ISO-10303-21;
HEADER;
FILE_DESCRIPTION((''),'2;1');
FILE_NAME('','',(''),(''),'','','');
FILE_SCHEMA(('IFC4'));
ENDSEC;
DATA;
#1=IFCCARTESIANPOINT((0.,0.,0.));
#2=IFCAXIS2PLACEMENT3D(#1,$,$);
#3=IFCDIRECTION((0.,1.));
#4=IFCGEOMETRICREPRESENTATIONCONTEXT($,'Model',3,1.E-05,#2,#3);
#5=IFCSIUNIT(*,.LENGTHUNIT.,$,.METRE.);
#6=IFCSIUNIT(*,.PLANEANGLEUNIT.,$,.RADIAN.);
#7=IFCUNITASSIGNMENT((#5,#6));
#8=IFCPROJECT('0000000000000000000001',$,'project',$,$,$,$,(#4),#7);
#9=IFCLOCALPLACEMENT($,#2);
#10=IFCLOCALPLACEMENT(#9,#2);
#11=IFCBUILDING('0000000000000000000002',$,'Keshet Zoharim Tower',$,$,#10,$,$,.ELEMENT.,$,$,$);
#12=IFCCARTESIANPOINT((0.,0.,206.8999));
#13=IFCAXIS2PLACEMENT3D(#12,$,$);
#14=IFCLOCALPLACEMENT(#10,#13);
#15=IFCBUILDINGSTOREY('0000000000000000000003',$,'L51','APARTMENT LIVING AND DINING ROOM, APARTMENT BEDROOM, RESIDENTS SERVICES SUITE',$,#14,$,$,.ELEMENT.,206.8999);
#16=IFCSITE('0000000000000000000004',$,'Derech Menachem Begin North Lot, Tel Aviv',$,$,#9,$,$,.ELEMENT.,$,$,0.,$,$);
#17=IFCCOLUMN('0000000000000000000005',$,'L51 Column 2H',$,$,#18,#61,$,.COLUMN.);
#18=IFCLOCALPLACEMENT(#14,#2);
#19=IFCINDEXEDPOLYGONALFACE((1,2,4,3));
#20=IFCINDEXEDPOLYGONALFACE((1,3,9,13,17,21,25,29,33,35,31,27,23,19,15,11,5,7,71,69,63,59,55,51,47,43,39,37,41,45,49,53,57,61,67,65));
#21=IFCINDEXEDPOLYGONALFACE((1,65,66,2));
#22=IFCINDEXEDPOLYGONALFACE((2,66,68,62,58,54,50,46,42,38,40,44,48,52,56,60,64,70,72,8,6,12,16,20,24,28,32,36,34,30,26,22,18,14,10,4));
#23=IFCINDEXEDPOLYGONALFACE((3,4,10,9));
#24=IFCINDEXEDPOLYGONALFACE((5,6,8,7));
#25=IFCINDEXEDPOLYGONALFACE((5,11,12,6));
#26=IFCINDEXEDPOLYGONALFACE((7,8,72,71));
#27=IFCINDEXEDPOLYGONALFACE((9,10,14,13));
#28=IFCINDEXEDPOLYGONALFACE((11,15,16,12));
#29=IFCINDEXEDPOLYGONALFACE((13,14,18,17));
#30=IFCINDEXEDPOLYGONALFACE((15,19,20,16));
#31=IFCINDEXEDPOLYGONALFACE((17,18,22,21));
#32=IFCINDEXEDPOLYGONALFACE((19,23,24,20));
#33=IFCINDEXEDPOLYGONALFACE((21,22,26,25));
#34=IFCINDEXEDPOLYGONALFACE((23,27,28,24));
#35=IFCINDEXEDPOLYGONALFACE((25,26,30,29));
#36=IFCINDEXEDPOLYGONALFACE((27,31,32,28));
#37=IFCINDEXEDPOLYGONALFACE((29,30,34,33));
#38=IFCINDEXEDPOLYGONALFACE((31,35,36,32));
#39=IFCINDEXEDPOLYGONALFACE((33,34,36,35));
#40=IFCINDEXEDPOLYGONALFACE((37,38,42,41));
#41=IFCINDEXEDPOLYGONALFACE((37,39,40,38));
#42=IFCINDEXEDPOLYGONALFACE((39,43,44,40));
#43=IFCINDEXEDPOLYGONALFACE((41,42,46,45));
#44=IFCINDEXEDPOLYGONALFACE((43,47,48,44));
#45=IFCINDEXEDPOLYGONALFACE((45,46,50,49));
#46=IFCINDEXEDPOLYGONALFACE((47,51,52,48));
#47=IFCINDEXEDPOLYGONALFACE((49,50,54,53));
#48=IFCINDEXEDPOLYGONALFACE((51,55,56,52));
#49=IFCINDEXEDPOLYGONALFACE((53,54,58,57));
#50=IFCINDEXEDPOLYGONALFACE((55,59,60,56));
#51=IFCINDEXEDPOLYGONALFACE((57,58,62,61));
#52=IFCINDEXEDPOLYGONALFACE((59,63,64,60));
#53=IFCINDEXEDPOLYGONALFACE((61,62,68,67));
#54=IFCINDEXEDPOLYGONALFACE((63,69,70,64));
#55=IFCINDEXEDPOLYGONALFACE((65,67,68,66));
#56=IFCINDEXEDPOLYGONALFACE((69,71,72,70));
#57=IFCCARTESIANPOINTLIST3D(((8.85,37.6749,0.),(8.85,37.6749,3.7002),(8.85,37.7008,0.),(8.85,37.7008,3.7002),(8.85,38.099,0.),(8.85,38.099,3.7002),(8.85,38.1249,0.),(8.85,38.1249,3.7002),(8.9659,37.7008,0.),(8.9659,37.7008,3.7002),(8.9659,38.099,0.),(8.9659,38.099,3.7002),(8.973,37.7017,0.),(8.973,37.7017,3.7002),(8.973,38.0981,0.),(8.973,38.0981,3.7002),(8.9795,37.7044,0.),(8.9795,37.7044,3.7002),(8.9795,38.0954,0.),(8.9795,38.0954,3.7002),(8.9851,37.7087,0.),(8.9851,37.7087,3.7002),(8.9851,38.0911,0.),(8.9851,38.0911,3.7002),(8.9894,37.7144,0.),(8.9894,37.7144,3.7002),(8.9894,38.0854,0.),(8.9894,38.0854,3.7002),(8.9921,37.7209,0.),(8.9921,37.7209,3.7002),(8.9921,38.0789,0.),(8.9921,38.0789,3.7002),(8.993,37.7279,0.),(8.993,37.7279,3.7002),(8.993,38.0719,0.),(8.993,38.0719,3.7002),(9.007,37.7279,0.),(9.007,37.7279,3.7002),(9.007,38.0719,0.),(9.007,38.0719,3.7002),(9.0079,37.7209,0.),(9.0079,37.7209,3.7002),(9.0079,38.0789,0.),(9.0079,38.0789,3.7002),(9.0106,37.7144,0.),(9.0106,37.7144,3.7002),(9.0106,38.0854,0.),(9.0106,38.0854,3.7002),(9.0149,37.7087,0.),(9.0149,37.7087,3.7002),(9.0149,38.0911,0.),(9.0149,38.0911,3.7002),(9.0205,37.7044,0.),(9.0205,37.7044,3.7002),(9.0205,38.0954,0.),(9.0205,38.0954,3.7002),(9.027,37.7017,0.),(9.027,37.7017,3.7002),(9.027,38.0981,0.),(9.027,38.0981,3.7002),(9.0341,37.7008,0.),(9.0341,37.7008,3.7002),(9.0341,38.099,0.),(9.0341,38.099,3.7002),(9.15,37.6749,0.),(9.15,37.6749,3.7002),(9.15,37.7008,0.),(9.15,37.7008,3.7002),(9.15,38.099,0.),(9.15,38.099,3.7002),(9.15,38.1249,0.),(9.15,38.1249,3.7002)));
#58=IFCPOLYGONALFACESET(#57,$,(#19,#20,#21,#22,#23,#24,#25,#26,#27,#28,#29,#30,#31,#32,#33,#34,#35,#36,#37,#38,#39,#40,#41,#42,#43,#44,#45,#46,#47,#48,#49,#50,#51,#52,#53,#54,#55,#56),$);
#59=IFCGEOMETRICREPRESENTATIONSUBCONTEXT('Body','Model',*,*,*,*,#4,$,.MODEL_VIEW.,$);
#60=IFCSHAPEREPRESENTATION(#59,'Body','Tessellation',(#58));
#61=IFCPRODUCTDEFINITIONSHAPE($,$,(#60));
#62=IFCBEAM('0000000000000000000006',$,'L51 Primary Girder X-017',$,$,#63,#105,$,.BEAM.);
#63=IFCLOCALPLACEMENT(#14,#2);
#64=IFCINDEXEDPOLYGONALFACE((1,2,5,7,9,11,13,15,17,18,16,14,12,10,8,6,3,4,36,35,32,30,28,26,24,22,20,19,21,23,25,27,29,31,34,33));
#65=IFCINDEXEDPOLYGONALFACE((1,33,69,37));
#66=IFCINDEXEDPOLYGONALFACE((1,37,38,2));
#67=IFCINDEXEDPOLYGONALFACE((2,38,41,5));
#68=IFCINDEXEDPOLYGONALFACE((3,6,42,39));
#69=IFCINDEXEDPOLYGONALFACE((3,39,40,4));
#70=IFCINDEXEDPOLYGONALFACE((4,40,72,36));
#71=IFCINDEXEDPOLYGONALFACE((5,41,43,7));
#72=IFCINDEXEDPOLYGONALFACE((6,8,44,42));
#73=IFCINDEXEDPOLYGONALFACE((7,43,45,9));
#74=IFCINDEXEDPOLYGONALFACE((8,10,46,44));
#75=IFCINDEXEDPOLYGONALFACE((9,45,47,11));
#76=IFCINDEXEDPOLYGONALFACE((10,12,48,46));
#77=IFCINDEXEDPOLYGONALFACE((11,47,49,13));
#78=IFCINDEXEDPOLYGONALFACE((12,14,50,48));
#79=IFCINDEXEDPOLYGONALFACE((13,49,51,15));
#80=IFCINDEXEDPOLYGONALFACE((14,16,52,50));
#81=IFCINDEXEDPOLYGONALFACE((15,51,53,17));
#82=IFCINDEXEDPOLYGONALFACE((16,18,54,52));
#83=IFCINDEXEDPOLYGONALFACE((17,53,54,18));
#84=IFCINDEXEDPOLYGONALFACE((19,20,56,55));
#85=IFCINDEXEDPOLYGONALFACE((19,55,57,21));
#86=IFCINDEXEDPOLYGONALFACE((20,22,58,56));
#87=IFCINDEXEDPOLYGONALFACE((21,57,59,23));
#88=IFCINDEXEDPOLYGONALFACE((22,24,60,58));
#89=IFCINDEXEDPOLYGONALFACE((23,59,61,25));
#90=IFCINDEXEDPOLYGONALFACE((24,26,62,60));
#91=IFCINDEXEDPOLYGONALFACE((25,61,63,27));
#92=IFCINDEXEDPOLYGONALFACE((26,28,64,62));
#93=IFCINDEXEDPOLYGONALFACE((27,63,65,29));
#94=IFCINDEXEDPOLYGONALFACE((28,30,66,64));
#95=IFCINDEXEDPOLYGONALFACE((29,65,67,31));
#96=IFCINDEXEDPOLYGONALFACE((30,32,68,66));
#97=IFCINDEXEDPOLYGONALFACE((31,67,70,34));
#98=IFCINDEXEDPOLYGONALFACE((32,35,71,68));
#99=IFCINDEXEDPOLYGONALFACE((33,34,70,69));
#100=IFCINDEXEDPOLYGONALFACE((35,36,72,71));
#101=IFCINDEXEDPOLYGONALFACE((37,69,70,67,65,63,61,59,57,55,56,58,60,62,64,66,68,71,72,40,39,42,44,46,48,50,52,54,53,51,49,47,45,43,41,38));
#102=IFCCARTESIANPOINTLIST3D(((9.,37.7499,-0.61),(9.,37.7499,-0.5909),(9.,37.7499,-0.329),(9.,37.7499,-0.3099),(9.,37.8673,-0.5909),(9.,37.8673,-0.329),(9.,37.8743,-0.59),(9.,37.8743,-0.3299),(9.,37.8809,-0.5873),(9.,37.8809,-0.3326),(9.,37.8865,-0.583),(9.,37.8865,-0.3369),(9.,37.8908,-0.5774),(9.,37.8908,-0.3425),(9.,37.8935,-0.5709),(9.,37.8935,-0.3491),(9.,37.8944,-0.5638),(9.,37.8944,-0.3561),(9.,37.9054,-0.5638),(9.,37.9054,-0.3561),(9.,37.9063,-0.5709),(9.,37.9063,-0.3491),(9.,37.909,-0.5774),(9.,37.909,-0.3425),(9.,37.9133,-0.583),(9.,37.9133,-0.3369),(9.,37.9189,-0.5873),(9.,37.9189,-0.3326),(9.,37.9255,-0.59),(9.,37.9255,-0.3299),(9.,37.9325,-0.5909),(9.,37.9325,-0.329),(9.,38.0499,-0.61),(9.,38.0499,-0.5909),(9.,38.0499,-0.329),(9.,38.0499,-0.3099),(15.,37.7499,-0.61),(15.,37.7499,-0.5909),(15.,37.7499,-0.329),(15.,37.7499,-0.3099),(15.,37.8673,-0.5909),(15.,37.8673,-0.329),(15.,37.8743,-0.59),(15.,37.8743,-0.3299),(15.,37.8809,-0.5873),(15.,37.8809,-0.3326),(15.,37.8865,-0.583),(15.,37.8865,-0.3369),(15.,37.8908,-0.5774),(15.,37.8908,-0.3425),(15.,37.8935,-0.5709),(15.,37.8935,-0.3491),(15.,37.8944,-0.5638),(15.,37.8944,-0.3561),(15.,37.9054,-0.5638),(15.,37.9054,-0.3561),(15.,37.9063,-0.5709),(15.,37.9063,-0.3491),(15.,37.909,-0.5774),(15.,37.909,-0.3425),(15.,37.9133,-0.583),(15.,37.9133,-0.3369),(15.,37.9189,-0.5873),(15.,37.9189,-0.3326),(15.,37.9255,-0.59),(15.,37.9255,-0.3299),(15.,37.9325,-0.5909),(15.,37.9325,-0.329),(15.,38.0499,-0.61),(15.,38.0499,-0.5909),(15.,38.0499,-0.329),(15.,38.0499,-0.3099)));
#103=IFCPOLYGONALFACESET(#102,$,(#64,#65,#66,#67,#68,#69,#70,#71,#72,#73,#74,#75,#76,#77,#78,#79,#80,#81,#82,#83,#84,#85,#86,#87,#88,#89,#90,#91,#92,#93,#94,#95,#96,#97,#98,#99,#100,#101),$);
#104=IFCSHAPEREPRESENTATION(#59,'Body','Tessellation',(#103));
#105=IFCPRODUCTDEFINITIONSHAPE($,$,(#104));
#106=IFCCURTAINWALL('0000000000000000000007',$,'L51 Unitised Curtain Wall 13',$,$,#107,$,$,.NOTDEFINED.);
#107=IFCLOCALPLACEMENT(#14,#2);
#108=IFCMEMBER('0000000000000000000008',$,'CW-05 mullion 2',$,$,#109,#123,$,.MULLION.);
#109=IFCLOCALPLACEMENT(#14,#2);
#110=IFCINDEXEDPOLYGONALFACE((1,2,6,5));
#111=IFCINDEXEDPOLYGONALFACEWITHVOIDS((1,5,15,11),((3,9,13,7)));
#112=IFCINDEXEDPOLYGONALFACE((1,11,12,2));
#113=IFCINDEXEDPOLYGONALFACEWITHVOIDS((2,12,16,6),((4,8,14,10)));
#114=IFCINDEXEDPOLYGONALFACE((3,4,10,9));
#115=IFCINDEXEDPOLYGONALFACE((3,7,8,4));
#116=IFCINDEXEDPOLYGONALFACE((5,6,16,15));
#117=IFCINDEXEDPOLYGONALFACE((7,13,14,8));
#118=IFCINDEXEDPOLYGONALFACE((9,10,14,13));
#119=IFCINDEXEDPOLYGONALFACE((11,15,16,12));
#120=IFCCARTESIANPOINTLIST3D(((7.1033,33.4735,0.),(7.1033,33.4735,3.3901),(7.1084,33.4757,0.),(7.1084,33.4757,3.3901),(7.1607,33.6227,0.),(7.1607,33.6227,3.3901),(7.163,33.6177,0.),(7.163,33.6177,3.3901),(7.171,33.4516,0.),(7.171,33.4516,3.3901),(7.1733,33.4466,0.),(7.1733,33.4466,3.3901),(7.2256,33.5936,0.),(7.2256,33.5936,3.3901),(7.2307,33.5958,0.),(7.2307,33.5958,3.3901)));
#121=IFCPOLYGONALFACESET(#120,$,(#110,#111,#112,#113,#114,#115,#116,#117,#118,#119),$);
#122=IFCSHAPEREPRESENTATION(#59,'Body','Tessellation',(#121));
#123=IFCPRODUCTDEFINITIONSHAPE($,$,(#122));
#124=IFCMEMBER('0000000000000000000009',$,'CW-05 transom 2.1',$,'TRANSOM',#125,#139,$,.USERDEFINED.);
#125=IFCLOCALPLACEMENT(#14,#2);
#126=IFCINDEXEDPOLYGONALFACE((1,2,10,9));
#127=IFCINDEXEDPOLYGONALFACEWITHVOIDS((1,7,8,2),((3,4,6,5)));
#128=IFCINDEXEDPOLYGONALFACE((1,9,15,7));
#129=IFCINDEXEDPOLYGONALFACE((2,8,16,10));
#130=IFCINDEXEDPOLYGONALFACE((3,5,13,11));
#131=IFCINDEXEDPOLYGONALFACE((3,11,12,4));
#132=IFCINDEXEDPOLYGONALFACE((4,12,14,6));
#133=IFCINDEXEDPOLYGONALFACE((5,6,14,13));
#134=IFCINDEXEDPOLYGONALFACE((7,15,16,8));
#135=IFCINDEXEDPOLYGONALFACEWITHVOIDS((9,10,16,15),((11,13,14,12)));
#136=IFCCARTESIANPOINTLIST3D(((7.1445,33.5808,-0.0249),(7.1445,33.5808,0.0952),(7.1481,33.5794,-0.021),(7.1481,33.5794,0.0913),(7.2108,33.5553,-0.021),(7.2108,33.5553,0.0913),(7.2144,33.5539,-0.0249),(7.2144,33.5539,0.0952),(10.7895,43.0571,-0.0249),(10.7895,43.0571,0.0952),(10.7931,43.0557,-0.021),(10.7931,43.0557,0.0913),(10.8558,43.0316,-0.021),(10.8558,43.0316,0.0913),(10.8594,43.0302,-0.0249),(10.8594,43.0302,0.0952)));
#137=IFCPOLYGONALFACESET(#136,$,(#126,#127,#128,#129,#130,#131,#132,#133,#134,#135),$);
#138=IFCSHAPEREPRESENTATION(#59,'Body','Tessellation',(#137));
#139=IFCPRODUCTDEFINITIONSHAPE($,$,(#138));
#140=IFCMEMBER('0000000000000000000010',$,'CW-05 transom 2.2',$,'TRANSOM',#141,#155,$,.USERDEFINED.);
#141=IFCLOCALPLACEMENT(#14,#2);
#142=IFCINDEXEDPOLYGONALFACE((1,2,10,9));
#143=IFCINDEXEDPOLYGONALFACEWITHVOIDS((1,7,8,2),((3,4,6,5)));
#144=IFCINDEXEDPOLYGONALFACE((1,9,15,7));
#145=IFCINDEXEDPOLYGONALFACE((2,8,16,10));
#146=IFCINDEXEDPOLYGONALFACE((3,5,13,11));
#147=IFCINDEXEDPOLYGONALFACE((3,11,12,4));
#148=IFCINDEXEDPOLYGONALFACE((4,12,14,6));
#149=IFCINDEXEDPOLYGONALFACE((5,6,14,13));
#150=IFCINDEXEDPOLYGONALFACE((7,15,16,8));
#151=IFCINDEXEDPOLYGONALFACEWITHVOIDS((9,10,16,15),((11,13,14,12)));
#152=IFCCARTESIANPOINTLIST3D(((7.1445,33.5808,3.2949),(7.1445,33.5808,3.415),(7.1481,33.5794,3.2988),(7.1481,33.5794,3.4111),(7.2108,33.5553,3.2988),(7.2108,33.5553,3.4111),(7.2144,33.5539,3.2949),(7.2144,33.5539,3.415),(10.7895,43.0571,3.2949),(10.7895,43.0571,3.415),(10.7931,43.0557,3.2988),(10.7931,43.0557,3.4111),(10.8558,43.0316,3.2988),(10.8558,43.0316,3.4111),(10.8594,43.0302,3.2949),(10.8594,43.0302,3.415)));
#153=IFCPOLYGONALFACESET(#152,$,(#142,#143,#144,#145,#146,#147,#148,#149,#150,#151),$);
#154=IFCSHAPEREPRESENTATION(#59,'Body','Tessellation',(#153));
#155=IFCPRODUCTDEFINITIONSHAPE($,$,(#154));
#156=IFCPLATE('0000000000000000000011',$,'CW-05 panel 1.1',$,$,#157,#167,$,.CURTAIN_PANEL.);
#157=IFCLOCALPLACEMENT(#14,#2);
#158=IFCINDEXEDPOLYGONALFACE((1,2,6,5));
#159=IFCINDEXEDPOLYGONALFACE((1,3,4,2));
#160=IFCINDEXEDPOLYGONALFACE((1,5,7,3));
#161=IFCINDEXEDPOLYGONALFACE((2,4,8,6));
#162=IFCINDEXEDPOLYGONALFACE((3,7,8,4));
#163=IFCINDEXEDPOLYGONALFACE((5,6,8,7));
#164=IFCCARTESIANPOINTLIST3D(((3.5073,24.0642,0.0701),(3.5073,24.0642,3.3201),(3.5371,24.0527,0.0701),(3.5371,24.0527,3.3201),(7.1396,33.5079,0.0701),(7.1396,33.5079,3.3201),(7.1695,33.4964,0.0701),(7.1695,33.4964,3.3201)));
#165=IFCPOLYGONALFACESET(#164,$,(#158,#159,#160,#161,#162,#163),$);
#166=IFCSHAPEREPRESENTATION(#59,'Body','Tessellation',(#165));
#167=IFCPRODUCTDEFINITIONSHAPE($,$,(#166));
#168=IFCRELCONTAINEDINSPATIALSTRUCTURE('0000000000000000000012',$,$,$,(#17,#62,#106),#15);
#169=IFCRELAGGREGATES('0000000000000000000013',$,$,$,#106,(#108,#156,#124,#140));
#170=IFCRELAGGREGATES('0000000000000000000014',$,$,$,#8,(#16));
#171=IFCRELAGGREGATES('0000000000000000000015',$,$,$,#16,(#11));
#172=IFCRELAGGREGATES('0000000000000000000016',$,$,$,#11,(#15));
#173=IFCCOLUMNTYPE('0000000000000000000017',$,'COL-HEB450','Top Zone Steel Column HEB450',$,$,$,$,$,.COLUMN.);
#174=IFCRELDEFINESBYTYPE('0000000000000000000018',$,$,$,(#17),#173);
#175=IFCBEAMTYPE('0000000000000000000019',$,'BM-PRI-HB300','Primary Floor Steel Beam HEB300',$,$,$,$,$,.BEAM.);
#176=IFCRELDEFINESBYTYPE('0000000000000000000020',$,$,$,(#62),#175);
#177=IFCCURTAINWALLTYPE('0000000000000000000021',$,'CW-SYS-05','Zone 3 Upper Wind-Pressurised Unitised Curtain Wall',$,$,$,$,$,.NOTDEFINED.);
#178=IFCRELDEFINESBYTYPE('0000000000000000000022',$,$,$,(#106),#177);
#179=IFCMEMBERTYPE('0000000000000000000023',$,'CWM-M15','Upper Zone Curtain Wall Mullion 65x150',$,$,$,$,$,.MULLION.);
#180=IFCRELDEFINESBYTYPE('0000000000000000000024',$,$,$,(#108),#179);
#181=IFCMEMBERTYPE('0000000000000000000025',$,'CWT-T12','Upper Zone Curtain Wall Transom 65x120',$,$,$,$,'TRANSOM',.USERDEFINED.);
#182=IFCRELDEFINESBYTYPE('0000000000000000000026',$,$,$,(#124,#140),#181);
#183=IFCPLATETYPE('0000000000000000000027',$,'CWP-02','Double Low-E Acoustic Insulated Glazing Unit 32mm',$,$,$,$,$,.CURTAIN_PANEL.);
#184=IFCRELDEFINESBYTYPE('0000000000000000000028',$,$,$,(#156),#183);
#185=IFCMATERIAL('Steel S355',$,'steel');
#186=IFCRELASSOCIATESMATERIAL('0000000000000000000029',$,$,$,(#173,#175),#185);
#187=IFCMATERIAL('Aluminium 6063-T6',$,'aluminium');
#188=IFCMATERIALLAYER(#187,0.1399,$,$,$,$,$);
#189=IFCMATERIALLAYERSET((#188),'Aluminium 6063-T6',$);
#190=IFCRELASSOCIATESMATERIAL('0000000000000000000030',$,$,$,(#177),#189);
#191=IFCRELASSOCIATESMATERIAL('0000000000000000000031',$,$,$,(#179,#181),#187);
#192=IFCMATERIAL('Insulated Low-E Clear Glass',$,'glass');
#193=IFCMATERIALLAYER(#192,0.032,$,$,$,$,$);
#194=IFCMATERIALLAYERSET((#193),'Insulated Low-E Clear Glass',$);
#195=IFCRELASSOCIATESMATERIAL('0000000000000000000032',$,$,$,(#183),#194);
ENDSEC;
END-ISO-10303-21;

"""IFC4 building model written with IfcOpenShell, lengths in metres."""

from ifc_helpers import new_model, si_unit, direction, frame, origin, origin_2d, place, context, subcontext, project, spatial, rectangle, hollow_rectangle, i_section, extrude, material, layer, layer_set, material_profile, profile_set, type_object, element, aggregate, save


model = new_model("IFC4")

# Units and contexts
model_context = context("Model", 3, precision=1e-05, world=origin(), true_north=direction((0.0, 1.0)))
body_context = subcontext(model_context, "Body", "Model", "MODEL_VIEW")
ifc_project = project(units=[si_unit("LENGTHUNIT", "METRE"), si_unit("PLANEANGLEUNIT", "RADIAN")], contexts=[model_context])

# Site, building, storey
site_placement = place(None, origin())
site = spatial("IfcSite", under=ifc_project, at=site_placement, Name="Derech Menachem Begin North Lot, Tel Aviv", CompositionType="ELEMENT", RefElevation=0.0)
building_placement = place(site_placement, origin())
building = spatial("IfcBuilding", under=site, at=building_placement, Name="Keshet Zoharim Tower", CompositionType="ELEMENT")
storey_placement = place(building_placement, frame((0.0, 0.0, 206.8999)))
storey = spatial("IfcBuildingStorey", under=building, at=storey_placement, Name="L51", Description="APARTMENT LIVING AND DINING ROOM, APARTMENT BEDROOM, RESIDENTS SERVICES SUITE", CompositionType="ELEMENT", Elevation=206.8999)

# Column
ifc_material_1 = material(Name="Steel S355", Category="steel")
ifc_material_profile_1 = material_profile(ifc_material_1, i_section(OverallWidth=0.3, OverallDepth=0.45, WebThickness=0.0139, FlangeThickness=0.0259, FilletRadius=0.0271, at=origin_2d()), Name="HEB450")
ifc_profile_set_1 = profile_set([ifc_material_profile_1], Name="Steel S355")
column_type = type_object("IfcColumnType", Name="COL-HEB450", Description="Top Zone Steel Column HEB450", PredefinedType="COLUMN", material=ifc_profile_set_1)
column_placement = place(storey_placement, frame((9.0, 37.8999, 0.0), z_axis=(0.0, 0.0, 1.0), x_axis=(1.0, 0.0, 0.0)))
element("IfcColumn", 1, at=column_placement, inside=storey, type_object=column_type, Name="L51 Column 2H", PredefinedType="COLUMN", context=body_context, shape_type="SweptSolid", body=[
    extrude(i_section(OverallWidth=0.3, OverallDepth=0.45, WebThickness=0.0139, FlangeThickness=0.0259, FilletRadius=0.0271, at=origin_2d()), origin(), (0.0, 0.0, 1.0), 3.7002),
])

# Beam
ifc_material_profile_2 = material_profile(ifc_material_1, i_section(OverallWidth=0.3, OverallDepth=0.3, WebThickness=0.011, FlangeThickness=0.019, FilletRadius=0.0271, at=origin_2d()), Name="HEB300")
ifc_profile_set_2 = profile_set([ifc_material_profile_2], Name="Steel S355")
beam_type = type_object("IfcBeamType", Name="BM-PRI-HB300", Description="Primary Floor Steel Beam HEB300", PredefinedType="BEAM", material=ifc_profile_set_2)
beam_placement = place(storey_placement, frame((9.0, 37.8999, -0.46), z_axis=(1.0, 0.0, 0.0), x_axis=(0.0, 1.0, 0.0)))
element("IfcBeam", 2, at=beam_placement, inside=storey, type_object=beam_type, Name="L51 Primary Girder X-017", PredefinedType="BEAM", context=body_context, shape_type="SweptSolid", body=[
    extrude(i_section(OverallWidth=0.3, OverallDepth=0.3, WebThickness=0.011, FlangeThickness=0.019, FilletRadius=0.0271, at=origin_2d()), origin(), (0.0, 0.0, 1.0), 6.0),
])

# Curtain wall, members, plate
ifc_material_2 = material(Name="Aluminium 6063-T6", Category="aluminium")
ifc_layer_1 = layer(ifc_material_2, 0.1399)
ifc_layer_set_1 = layer_set([ifc_layer_1], Name="Aluminium 6063-T6")
curtain_wall_type = type_object("IfcCurtainWallType", Name="CW-SYS-05", Description="Zone 3 Upper Wind-Pressurised Unitised Curtain Wall", PredefinedType="NOTDEFINED", material=ifc_layer_set_1)
curtain_wall_placement = place(storey_placement, origin())
curtain_wall = element("IfcCurtainWall", 3, at=curtain_wall_placement, inside=storey, type_object=curtain_wall_type, Name="L51 Unitised Curtain Wall 13", PredefinedType="NOTDEFINED")
ifc_material_profile_3 = material_profile(ifc_material_2, hollow_rectangle(XDim=0.075, YDim=0.1599, WallThickness=0.0039, at=origin_2d()), Name="MUL-75x160")
ifc_profile_set_3 = profile_set([ifc_material_profile_3], Name="Aluminium 6063-T6")
member_type_1 = type_object("IfcMemberType", Name="CWM-M15", Description="Upper Zone Curtain Wall Mullion 65x150", PredefinedType="MULLION", material=ifc_profile_set_3)
member_1_placement = place(storey_placement, frame((7.167, 33.5347, 0.0), z_axis=(0.0, 0.0, 1.0), x_axis=(-0.933341, 0.35899, 0.0)))
member_1 = element("IfcMember", 4, at=member_1_placement, type_object=member_type_1, Name="CW-05 mullion 2", PredefinedType="MULLION", context=body_context, shape_type="SweptSolid", body=[
    extrude(hollow_rectangle(XDim=0.075, YDim=0.1599, WallThickness=0.0039, at=origin_2d()), origin(), (0.0, 0.0, 1.0), 3.3901),
])
ifc_material_profile_4 = material_profile(ifc_material_2, hollow_rectangle(XDim=0.075, YDim=0.1201, WallThickness=0.0039, at=origin_2d()), Name="TRN-75x120")
ifc_profile_set_4 = profile_set([ifc_material_profile_4], Name="Aluminium 6063-T6")
member_type_2 = type_object("IfcMemberType", Name="CWT-T12", Description="Upper Zone Curtain Wall Transom 65x120", ElementType="TRANSOM", PredefinedType="USERDEFINED", material=ifc_profile_set_4)
member_2_placement = place(storey_placement, frame((7.1794, 33.5674, 0.0352), z_axis=(0.359003, 0.933336, 0.0), x_axis=(-0.933336, 0.359003, 0.0)))
member_2 = element("IfcMember", 5, at=member_2_placement, type_object=member_type_2, Name="CW-05 transom 2.1", ObjectType="TRANSOM", PredefinedType="USERDEFINED", context=body_context, shape_type="SweptSolid", body=[
    extrude(hollow_rectangle(XDim=0.075, YDim=0.1201, WallThickness=0.0039, at=origin_2d()), origin(), (0.0, 0.0, 1.0), 10.1531),
])
member_3_placement = place(storey_placement, frame((7.1794, 33.5674, 3.355), z_axis=(0.359003, 0.933336, 0.0), x_axis=(-0.933336, 0.359003, 0.0)))
member_3 = element("IfcMember", 6, at=member_3_placement, type_object=member_type_2, Name="CW-05 transom 2.2", ObjectType="TRANSOM", PredefinedType="USERDEFINED", context=body_context, shape_type="SweptSolid", body=[
    extrude(hollow_rectangle(XDim=0.075, YDim=0.1201, WallThickness=0.0039, at=origin_2d()), origin(), (0.0, 0.0, 1.0), 10.1531),
])
ifc_material_3 = material(Name="Insulated Low-E Clear Glass", Category="glass")
ifc_layer_2 = layer(ifc_material_3, 0.032)
ifc_layer_set_2 = layer_set([ifc_layer_2], Name="Insulated Low-E Clear Glass")
plate_type = type_object("IfcPlateType", Name="CWP-02", Description="Double Low-E Acoustic Insulated Glazing Unit 32mm", PredefinedType="CURTAIN_PANEL", material=ifc_layer_set_2)
plate_placement = place(storey_placement, frame((5.3384, 28.7803, 0.0701), z_axis=(0.0, 0.0, 1.0), x_axis=(0.35899, 0.933341, 0.0)))
plate = element("IfcPlate", 7, at=plate_placement, type_object=plate_type, Name="CW-05 panel 1.1", PredefinedType="CURTAIN_PANEL", context=body_context, shape_type="SweptSolid", body=[
    extrude(rectangle(XDim=10.1182, YDim=0.032, at=origin_2d()), origin(), (0.0, 0.0, 1.0), 3.25),
])
aggregate(curtain_wall, [member_1, plate, member_2, member_3])

save(model, "model.ifc")
